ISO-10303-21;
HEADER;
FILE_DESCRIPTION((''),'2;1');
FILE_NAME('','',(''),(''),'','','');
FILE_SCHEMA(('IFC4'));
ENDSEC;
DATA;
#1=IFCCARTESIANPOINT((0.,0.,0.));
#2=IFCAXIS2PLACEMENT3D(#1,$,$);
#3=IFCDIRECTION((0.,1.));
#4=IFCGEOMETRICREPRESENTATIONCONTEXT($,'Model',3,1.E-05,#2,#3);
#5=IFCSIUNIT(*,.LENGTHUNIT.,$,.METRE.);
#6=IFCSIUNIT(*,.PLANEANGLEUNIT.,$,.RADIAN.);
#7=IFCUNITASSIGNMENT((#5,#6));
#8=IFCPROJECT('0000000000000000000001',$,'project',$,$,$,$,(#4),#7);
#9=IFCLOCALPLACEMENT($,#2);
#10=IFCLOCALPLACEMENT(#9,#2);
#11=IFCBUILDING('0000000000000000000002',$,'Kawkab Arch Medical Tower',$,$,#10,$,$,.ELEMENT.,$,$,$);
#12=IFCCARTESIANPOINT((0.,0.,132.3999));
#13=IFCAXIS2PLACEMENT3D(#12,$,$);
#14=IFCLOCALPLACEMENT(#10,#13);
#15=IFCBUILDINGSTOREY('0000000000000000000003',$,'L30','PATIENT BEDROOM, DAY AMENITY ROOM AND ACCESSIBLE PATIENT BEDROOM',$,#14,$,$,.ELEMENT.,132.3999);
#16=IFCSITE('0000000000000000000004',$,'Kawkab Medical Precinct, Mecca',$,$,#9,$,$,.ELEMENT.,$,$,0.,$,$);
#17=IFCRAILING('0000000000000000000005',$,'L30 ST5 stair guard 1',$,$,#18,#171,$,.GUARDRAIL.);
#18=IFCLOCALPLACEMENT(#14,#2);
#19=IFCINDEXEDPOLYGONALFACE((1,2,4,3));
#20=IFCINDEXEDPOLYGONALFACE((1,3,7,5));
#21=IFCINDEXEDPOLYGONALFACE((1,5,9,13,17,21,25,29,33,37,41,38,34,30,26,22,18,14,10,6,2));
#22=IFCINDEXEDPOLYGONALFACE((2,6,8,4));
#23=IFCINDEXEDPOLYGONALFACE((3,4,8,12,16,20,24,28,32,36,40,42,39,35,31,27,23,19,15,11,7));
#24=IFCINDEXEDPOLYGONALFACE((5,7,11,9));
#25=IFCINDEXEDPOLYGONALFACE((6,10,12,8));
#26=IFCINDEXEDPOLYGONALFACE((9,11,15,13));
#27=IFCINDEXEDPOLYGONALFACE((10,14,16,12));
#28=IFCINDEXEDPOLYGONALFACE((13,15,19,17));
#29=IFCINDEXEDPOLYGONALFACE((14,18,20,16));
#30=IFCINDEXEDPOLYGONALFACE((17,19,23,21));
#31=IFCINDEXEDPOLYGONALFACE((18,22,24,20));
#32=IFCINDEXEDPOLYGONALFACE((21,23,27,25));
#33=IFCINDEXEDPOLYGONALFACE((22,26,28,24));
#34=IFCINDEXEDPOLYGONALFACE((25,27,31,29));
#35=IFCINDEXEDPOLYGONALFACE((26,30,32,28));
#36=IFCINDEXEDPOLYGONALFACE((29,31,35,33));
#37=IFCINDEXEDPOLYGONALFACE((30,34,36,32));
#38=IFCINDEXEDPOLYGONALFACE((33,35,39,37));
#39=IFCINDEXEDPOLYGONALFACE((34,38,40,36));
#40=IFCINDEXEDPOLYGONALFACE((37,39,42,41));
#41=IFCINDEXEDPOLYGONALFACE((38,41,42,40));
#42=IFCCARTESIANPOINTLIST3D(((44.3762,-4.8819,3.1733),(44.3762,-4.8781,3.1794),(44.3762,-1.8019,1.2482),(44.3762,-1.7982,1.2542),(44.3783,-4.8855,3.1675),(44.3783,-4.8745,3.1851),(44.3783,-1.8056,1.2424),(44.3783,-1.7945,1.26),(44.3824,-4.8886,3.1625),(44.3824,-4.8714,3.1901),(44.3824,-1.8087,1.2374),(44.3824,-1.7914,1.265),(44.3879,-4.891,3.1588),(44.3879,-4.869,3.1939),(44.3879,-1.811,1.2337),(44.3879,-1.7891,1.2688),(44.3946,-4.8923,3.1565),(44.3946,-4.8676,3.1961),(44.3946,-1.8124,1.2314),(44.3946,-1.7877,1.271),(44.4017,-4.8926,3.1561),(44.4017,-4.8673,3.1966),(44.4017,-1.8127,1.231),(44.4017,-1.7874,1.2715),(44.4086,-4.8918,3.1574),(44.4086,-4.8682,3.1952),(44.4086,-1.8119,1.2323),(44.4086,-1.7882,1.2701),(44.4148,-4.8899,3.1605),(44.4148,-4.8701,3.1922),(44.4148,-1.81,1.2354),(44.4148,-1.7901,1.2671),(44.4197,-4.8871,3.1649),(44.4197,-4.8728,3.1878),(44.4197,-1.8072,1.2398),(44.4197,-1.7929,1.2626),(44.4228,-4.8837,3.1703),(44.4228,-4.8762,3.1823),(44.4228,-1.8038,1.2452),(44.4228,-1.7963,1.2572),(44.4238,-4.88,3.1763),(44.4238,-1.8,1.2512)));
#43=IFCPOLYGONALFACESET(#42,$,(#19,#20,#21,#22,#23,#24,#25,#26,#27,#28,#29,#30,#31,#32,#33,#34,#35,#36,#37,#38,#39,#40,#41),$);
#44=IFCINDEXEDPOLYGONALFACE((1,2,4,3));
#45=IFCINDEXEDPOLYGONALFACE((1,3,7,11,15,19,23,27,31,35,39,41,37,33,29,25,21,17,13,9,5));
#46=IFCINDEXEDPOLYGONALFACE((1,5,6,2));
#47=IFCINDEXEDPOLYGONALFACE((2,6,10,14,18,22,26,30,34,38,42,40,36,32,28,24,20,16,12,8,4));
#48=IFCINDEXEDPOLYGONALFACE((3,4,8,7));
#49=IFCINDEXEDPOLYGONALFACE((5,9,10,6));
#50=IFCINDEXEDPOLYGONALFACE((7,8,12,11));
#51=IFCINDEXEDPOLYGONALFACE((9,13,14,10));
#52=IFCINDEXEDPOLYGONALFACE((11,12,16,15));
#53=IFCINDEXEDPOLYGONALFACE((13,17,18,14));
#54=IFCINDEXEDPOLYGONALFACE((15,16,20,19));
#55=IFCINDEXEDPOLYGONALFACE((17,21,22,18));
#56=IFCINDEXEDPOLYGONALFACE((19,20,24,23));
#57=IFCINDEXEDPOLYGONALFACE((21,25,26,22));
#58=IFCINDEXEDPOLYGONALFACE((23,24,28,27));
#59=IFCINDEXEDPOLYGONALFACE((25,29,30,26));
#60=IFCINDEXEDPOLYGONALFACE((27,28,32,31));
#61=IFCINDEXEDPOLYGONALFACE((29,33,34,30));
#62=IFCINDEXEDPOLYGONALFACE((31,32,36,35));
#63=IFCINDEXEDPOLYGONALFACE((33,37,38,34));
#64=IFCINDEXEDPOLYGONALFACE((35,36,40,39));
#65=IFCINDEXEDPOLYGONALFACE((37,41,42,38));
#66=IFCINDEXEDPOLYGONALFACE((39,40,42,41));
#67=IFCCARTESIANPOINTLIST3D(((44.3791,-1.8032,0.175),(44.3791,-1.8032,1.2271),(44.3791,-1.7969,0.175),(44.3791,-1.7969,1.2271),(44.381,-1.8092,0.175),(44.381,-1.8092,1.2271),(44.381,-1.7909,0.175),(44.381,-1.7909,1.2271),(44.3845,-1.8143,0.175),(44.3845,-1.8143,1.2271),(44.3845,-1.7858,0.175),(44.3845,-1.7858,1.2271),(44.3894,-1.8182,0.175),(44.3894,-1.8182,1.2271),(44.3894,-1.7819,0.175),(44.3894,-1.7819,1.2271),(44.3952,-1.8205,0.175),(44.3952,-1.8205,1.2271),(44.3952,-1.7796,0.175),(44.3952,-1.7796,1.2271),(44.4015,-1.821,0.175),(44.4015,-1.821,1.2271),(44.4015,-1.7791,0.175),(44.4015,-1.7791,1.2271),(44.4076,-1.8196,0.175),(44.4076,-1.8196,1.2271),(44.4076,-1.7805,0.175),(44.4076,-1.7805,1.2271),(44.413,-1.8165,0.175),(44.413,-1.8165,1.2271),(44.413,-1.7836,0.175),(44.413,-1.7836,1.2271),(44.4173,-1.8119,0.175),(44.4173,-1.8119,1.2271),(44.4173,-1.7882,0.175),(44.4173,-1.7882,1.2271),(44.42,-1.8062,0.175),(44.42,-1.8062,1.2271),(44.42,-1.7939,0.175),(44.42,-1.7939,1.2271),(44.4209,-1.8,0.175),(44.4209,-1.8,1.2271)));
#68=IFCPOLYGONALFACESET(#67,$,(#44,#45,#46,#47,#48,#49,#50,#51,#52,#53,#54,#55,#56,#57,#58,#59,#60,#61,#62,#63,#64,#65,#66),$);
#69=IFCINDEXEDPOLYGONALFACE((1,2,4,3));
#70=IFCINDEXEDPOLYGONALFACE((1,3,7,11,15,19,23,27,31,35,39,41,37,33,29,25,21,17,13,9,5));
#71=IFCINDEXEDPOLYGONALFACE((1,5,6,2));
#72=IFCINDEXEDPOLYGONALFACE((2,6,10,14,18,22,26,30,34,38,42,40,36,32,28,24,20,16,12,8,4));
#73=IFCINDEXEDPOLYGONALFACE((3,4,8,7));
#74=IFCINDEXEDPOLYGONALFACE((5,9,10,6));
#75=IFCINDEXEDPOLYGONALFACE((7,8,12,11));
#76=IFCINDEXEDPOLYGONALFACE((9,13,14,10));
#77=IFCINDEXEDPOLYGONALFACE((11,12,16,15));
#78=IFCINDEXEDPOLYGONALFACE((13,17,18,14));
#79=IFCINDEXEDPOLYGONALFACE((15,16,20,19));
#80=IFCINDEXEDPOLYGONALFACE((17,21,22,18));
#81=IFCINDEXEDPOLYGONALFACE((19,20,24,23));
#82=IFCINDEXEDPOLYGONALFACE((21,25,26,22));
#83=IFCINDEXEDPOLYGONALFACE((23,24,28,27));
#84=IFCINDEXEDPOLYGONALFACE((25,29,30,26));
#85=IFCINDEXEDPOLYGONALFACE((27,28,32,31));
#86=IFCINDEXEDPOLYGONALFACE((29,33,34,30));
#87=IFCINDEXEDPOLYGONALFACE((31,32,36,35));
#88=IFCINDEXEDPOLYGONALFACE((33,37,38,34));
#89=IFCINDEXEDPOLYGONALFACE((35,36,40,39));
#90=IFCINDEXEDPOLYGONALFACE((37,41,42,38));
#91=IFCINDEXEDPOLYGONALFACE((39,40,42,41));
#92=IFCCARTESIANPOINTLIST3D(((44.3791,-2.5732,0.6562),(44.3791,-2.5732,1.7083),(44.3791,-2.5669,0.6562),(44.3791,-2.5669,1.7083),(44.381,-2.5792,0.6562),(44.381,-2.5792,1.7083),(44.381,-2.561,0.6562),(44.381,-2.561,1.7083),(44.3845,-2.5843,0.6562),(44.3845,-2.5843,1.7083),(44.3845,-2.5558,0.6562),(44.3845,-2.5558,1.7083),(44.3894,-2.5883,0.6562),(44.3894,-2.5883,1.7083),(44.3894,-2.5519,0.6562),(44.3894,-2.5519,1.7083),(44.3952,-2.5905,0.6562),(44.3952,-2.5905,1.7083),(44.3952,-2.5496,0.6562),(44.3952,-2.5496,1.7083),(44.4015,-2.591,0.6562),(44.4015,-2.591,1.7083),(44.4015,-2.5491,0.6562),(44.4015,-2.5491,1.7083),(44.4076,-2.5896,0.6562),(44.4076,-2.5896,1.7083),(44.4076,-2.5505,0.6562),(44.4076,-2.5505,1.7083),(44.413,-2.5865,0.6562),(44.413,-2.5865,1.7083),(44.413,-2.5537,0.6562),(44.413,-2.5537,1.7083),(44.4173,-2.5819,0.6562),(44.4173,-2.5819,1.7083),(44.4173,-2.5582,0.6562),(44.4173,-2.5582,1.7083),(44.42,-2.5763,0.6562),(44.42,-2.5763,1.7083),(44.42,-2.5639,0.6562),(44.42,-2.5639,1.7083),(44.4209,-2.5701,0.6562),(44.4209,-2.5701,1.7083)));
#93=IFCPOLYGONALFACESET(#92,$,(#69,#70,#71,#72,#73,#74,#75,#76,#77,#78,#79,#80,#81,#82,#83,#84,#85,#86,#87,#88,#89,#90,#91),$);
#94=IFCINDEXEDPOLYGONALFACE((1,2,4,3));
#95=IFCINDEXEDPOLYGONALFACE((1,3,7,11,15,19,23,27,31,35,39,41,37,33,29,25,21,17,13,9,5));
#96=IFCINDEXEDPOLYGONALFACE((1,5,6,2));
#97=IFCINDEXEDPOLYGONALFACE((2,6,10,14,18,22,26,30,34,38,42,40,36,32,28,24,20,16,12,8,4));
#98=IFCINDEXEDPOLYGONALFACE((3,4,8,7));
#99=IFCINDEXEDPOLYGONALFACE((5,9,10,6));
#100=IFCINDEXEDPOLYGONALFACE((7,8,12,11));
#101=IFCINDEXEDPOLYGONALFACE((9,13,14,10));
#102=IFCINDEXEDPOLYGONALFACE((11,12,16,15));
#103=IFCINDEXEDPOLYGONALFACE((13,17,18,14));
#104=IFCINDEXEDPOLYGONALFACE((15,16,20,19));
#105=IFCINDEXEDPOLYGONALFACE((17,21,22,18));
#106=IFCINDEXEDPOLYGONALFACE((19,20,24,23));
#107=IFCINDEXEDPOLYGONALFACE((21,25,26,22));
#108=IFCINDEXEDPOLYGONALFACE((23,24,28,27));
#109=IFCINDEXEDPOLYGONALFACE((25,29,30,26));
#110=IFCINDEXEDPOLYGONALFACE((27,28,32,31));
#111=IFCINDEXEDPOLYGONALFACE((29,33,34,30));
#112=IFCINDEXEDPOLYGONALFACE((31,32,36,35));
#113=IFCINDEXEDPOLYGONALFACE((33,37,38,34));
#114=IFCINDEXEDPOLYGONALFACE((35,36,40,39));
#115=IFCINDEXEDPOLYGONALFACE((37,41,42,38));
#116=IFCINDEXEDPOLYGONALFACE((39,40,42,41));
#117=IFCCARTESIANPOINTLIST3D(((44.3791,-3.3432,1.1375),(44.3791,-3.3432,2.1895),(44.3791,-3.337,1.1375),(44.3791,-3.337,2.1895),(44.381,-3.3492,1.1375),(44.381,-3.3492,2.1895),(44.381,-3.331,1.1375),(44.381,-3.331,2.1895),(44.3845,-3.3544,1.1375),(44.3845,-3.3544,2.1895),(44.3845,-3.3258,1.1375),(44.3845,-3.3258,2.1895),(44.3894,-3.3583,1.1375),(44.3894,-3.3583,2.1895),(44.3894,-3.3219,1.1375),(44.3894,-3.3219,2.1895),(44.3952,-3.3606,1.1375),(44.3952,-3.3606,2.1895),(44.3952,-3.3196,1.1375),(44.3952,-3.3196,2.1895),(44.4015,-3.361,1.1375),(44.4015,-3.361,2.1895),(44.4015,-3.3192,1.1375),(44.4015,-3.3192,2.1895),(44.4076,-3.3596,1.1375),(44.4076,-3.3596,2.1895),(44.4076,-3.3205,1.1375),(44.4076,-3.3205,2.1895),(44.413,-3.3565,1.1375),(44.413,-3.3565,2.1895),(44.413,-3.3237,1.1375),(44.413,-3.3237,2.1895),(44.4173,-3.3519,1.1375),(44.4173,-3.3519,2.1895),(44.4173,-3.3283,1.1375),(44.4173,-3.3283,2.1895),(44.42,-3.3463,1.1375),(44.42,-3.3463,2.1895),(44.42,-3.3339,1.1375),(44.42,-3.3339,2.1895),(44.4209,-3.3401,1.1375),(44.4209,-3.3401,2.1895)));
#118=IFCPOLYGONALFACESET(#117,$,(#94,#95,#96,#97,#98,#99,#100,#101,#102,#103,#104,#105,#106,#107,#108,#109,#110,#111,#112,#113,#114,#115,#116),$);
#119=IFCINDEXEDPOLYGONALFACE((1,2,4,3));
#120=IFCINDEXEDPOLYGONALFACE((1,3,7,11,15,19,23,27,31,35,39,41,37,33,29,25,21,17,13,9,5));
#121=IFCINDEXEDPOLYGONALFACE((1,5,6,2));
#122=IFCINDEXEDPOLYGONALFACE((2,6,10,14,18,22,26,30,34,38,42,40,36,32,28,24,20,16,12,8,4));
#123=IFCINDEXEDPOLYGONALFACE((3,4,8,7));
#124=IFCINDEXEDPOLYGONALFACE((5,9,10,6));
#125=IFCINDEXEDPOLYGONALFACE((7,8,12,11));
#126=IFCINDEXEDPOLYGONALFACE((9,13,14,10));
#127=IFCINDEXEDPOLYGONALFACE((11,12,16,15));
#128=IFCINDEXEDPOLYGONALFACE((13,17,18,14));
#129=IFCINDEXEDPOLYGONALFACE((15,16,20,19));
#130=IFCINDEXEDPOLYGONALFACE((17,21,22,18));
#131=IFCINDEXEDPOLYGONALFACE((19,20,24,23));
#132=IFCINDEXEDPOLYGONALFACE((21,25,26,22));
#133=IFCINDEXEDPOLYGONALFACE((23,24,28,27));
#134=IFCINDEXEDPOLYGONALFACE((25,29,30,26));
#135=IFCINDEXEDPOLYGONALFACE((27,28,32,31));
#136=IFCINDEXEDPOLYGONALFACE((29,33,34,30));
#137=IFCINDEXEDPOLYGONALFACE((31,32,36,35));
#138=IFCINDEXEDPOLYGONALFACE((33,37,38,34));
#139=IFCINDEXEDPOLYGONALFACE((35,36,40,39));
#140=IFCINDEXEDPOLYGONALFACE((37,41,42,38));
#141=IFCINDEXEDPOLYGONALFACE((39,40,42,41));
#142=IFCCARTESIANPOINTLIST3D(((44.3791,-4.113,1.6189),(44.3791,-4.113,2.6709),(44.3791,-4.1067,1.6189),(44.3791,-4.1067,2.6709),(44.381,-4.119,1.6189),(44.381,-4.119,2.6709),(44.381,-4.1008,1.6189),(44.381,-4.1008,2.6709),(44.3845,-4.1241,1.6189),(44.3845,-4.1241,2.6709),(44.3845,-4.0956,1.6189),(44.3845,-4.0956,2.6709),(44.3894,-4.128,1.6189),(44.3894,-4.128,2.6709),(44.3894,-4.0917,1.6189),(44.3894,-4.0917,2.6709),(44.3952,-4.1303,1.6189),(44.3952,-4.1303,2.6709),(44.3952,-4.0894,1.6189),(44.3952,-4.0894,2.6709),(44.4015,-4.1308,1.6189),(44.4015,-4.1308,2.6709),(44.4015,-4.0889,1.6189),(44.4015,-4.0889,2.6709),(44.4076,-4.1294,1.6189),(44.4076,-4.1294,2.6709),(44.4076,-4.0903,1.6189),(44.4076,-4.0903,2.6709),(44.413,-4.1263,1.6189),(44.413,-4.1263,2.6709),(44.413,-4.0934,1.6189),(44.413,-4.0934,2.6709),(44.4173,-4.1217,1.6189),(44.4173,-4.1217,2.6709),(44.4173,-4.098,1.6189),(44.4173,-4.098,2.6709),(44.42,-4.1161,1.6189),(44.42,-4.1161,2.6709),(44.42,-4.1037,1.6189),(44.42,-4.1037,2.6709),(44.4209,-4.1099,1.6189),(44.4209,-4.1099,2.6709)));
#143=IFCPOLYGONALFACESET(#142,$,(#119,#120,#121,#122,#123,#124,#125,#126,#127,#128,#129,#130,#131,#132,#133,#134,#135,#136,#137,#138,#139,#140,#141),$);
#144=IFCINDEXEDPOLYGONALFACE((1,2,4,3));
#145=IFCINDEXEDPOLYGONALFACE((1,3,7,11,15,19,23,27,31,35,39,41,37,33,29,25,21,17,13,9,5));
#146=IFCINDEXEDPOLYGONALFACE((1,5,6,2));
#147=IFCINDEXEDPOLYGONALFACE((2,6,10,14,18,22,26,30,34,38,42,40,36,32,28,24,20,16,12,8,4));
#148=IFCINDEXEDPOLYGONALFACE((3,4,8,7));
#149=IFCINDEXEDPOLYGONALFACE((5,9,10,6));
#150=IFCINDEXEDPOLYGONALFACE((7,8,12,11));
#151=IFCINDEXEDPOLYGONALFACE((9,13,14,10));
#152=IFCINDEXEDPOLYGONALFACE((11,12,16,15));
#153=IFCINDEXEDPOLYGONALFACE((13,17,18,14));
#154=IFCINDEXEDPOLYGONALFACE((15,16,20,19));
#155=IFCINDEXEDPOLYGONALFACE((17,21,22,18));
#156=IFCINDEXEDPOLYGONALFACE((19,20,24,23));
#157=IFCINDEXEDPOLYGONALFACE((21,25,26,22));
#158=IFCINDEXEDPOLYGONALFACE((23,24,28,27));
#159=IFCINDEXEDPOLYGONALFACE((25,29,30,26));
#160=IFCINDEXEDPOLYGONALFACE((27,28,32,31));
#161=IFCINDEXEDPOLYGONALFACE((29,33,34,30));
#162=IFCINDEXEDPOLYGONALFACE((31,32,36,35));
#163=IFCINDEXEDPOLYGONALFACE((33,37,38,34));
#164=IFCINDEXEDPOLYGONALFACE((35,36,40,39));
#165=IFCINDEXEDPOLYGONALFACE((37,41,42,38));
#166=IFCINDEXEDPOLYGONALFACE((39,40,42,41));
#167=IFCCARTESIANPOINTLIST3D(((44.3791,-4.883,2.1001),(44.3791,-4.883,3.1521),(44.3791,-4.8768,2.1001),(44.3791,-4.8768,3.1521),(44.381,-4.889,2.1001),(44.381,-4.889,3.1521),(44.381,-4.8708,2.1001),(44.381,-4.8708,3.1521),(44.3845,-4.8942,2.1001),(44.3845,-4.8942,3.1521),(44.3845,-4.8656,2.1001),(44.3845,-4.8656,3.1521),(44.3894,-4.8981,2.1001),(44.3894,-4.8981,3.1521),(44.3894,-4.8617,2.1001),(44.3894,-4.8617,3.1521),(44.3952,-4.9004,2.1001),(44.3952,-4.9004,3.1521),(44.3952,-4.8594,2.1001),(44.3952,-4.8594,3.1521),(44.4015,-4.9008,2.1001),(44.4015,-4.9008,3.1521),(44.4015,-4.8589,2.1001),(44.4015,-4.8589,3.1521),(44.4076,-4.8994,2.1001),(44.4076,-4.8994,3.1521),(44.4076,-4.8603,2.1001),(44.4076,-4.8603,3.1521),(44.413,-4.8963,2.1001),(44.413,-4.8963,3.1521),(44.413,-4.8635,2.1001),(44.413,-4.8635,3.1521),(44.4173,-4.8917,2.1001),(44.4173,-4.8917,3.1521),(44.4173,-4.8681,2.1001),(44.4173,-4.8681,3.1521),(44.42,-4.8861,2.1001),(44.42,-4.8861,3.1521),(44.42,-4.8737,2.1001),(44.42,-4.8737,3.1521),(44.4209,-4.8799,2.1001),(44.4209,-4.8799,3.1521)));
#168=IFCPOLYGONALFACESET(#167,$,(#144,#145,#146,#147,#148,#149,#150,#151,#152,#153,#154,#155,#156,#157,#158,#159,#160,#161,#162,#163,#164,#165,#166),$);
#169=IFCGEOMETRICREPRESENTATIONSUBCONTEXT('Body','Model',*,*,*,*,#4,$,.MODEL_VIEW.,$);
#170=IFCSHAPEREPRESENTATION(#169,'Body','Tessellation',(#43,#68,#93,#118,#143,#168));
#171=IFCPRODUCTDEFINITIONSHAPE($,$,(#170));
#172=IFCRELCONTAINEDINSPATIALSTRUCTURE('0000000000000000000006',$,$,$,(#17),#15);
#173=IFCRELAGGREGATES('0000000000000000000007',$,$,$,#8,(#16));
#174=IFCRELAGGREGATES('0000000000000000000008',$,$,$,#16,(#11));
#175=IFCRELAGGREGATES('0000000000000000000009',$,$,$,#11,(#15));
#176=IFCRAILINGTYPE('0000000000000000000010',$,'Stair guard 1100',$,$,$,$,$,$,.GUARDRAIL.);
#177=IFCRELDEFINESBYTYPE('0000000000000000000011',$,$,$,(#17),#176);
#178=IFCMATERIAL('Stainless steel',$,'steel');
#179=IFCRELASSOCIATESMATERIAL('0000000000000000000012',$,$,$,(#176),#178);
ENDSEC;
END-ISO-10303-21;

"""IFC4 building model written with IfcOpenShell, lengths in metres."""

from ifc_helpers import new_model, si_unit, direction, frame, origin, origin_2d, place, context, subcontext, project, spatial, circle, extrude, material, type_object, element, save


model = new_model("IFC4")

# Units and contexts
model_context = context("Model", 3, precision=1e-05, world=origin(), true_north=direction((0.0, 1.0)))
body_context = subcontext(model_context, "Body", "Model", "MODEL_VIEW")
ifc_project = project(units=[si_unit("LENGTHUNIT", "METRE"), si_unit("PLANEANGLEUNIT", "RADIAN")], contexts=[model_context])

# Site, building, storey
site_placement = place(None, origin())
site = spatial("IfcSite", under=ifc_project, at=site_placement, Name="Kawkab Medical Precinct, Mecca", CompositionType="ELEMENT", RefElevation=0.0)
building_placement = place(site_placement, origin())
building = spatial("IfcBuilding", under=site, at=building_placement, Name="Kawkab Arch Medical Tower", CompositionType="ELEMENT")
storey_placement = place(building_placement, frame((0.0, 0.0, 132.3999)))
storey = spatial("IfcBuildingStorey", under=building, at=storey_placement, Name="L30", Description="PATIENT BEDROOM, DAY AMENITY ROOM AND ACCESSIBLE PATIENT BEDROOM", CompositionType="ELEMENT", Elevation=132.3999)

# Railing
ifc_material_1 = material(Name="Stainless steel", Category="steel")
railing_type = type_object("IfcRailingType", Name="Stair guard 1100", PredefinedType="GUARDRAIL", material=ifc_material_1)
railing_1_placement = place(storey_placement, frame((44.3999, -1.8, 0.175)))
element("IfcRailing", 1, at=railing_1_placement, inside=storey, type_object=railing_type, Name="L30 ST5 stair guard 1", PredefinedType="GUARDRAIL", context=body_context, shape_type="SweptSolid", body=[
    extrude(circle(Radius=0.0239, at=origin_2d()), frame((0.0, 0.0, 1.0762), z_axis=(0.0, -0.847979, 0.530029), x_axis=(1.0, 0.0, 0.0)), (0.0, 0.0, 1.0), 3.6321),
    extrude(circle(Radius=0.021, at=origin_2d()), origin(), (0.0, 0.0, 1.0), 1.052),
    extrude(circle(Radius=0.021, at=origin_2d()), frame((0.0, -0.77, 0.4812)), (0.0, 0.0, 1.0), 1.052),
    extrude(circle(Radius=0.021, at=origin_2d()), frame((0.0, -1.54, 0.9624)), (0.0, 0.0, 1.0), 1.052),
    extrude(circle(Radius=0.021, at=origin_2d()), frame((0.0, -2.3098, 1.4438)), (0.0, 0.0, 1.0), 1.052),
    extrude(circle(Radius=0.021, at=origin_2d()), frame((0.0, -3.0798, 1.925)), (0.0, 0.0, 1.0), 1.052),
])

save(model, "model.ifc")
